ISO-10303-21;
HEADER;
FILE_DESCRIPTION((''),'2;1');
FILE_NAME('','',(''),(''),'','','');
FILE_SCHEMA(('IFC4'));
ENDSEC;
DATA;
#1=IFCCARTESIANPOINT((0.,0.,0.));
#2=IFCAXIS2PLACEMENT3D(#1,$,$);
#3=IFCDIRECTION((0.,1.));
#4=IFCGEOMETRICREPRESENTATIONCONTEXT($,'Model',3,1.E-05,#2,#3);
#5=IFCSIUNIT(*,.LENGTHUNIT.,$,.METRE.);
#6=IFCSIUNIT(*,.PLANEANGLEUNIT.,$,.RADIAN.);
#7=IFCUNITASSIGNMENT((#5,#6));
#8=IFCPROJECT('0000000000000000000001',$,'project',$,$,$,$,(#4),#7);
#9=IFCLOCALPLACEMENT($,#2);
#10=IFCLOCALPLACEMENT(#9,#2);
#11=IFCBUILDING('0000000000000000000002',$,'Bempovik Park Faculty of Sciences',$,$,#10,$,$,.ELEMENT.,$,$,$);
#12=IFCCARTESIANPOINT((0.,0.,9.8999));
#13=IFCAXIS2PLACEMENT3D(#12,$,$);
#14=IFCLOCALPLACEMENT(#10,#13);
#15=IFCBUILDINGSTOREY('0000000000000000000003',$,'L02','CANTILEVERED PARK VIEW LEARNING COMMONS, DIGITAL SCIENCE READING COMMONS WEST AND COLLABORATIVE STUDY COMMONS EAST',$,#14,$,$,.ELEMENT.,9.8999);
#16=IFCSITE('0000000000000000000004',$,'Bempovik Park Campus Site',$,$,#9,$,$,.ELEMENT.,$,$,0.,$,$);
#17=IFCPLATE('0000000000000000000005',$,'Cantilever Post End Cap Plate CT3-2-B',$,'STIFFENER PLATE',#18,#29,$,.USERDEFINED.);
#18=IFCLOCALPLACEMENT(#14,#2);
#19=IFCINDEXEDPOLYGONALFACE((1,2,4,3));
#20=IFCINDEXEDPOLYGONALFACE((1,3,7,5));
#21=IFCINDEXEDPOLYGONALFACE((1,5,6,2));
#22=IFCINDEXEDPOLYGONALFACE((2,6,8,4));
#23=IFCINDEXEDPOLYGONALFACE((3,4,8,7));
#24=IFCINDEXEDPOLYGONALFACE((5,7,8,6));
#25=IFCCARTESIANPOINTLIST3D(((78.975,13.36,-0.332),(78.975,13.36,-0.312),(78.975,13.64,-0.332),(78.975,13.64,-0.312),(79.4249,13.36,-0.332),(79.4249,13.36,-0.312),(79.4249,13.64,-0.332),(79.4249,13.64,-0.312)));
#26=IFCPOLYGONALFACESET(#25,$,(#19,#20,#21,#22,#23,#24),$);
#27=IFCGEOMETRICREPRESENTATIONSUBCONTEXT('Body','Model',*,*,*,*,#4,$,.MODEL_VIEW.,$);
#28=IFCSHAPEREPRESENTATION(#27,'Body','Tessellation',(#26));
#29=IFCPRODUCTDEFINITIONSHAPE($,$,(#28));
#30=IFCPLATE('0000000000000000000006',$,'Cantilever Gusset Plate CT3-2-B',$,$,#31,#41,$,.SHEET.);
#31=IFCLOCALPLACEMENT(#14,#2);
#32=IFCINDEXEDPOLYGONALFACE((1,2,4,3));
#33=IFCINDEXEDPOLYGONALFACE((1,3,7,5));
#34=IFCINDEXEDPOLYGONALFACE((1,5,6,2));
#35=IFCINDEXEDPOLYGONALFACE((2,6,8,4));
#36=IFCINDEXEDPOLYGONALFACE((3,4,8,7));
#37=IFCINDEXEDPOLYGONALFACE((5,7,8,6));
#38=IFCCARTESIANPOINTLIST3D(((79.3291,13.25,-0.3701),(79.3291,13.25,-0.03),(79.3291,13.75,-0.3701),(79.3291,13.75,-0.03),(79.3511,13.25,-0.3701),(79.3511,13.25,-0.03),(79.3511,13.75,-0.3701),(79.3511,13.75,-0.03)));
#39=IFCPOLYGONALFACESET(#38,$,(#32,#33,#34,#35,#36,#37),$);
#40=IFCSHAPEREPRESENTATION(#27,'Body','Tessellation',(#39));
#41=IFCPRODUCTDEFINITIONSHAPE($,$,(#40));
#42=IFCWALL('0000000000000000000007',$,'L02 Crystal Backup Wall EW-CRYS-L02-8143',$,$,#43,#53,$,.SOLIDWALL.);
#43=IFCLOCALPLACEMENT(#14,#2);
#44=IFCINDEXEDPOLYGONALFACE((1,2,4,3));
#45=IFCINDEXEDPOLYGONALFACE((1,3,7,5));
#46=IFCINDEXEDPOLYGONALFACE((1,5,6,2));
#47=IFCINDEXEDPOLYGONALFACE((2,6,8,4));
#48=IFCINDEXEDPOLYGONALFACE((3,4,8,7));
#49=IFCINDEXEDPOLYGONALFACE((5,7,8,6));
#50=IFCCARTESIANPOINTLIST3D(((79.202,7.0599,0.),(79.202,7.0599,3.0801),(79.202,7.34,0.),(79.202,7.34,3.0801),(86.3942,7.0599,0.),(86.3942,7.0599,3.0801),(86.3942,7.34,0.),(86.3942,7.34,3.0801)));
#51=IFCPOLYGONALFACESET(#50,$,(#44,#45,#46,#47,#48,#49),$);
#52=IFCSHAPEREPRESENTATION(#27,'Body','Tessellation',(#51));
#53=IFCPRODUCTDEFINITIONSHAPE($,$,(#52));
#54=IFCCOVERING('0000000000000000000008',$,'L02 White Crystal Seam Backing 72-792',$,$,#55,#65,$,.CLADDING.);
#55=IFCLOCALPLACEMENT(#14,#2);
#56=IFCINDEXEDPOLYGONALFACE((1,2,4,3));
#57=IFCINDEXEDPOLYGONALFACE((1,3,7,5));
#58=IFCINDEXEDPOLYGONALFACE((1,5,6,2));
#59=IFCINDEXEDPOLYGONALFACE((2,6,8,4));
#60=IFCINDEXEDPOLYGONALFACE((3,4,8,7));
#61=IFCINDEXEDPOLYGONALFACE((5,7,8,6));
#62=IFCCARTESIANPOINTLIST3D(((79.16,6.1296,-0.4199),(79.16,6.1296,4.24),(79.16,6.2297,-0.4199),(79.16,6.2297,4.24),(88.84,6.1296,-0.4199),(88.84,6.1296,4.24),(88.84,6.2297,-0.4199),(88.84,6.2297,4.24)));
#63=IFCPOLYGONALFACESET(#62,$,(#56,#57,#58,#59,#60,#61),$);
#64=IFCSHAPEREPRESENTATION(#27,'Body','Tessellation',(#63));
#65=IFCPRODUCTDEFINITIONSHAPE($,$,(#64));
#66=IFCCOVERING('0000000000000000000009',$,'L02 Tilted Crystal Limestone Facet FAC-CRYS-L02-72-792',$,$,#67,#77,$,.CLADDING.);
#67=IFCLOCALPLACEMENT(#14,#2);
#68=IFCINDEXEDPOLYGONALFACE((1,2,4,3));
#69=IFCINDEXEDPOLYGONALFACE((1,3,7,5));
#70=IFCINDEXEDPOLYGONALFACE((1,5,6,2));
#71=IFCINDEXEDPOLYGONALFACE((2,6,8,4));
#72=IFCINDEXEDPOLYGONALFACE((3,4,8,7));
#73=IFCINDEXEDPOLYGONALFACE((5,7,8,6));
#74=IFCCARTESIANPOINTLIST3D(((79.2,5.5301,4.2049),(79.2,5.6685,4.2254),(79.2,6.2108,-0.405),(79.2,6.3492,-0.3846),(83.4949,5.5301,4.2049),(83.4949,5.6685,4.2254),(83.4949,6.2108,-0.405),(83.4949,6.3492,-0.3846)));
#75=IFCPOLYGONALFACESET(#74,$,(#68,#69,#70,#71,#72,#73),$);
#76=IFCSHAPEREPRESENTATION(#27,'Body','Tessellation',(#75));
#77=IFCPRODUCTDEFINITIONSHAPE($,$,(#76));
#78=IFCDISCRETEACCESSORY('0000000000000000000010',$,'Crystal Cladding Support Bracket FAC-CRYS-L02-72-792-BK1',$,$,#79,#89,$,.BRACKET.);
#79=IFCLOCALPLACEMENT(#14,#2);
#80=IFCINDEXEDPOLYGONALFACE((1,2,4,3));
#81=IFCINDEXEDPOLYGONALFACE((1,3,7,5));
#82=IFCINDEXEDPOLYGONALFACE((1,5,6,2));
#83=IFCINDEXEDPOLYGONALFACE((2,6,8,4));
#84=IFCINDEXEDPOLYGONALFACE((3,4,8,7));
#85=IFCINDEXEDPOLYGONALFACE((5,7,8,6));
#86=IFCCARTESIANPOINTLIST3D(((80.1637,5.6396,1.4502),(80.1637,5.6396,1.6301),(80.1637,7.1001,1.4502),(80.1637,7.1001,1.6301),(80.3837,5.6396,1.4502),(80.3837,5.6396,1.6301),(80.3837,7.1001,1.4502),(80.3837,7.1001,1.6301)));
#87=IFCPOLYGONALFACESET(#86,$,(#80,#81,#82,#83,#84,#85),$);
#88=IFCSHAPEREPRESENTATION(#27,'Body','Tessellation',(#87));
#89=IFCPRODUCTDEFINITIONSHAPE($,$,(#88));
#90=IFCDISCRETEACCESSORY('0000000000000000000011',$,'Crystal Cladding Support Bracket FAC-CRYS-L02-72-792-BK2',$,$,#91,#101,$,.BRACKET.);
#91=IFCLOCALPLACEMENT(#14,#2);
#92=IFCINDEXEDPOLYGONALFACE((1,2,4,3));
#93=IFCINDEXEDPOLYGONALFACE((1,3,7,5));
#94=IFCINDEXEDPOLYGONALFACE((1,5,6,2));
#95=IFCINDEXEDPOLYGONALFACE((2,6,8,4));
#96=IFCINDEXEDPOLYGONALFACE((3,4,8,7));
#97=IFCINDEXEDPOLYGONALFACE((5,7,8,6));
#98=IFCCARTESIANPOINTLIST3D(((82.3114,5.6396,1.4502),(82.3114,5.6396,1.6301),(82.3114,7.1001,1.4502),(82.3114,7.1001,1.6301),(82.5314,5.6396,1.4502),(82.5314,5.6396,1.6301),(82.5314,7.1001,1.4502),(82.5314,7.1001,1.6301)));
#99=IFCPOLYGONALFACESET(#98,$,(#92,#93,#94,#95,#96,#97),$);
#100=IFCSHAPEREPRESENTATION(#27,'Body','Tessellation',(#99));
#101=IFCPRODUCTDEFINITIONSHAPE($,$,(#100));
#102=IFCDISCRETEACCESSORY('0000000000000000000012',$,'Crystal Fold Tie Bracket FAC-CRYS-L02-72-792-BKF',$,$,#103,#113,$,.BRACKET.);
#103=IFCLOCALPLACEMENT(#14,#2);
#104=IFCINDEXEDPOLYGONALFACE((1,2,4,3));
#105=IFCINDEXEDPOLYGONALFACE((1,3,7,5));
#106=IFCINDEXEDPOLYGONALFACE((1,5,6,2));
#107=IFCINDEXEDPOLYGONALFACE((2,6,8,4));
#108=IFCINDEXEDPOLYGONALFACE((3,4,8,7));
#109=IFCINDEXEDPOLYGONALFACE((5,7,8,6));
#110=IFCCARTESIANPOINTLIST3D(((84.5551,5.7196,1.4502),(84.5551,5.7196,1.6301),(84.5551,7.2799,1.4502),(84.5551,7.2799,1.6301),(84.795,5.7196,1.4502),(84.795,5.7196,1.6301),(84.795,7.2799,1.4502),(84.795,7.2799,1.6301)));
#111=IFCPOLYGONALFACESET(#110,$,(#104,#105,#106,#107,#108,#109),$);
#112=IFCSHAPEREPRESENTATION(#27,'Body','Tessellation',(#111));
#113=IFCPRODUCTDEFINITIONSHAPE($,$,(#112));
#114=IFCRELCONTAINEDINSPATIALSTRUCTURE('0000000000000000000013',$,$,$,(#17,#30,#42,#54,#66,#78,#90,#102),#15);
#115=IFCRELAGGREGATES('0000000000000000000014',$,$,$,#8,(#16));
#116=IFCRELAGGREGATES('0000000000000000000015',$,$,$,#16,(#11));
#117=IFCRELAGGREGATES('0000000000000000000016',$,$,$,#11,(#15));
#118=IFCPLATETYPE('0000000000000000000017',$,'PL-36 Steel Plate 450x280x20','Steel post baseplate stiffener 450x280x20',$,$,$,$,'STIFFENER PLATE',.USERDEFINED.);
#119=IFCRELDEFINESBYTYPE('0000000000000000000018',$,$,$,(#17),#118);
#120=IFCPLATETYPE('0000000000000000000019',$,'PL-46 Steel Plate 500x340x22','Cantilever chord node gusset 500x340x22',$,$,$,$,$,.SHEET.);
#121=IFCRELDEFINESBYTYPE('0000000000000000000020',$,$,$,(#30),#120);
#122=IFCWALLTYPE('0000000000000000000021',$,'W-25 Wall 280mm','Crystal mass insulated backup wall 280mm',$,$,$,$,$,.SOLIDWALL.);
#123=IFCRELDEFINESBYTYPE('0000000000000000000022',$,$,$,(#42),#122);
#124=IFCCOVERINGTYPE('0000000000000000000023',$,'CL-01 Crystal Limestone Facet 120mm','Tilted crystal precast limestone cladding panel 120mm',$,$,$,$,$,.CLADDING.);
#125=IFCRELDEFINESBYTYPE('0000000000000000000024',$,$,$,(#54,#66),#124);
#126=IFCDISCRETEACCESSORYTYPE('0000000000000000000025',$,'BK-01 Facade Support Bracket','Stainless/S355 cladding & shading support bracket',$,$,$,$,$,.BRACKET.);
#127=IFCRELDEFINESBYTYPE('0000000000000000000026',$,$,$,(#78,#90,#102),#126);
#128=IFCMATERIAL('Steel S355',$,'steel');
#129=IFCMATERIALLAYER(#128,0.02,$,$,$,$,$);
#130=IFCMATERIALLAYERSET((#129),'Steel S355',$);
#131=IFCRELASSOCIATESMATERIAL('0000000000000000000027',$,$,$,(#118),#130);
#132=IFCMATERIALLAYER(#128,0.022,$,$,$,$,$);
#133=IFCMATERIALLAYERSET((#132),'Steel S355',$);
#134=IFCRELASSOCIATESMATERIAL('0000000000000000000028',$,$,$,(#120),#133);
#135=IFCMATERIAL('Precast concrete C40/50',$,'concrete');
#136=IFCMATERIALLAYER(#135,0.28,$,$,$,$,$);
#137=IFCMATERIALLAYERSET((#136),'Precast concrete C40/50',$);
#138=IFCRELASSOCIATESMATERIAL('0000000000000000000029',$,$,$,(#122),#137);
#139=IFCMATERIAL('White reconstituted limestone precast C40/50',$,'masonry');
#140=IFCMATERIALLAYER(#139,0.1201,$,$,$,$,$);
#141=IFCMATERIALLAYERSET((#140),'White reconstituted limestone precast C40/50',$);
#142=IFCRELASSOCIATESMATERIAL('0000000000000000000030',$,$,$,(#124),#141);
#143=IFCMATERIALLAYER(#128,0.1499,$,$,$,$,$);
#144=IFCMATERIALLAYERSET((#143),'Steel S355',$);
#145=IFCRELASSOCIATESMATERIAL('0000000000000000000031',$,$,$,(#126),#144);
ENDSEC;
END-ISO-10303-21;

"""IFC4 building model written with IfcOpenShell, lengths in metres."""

from ifc_helpers import new_model, si_unit, direction, frame, frame_2d, origin, origin_2d, place, context, subcontext, project, spatial, rectangle, extrude, material, layer, layer_set, type_object, element, save


model = new_model("IFC4")

# Units and contexts
model_context = context("Model", 3, precision=1e-05, world=origin(), true_north=direction((0.0, 1.0)))
body_context = subcontext(model_context, "Body", "Model", "MODEL_VIEW")
ifc_project = project(units=[si_unit("LENGTHUNIT", "METRE"), si_unit("PLANEANGLEUNIT", "RADIAN")], contexts=[model_context])

# Site, building, storey
site_placement = place(None, origin())
site = spatial("IfcSite", under=ifc_project, at=site_placement, Name="Bempovik Park Campus Site", CompositionType="ELEMENT", RefElevation=0.0)
building_placement = place(site_placement, origin())
building = spatial("IfcBuilding", under=site, at=building_placement, Name="Bempovik Park Faculty of Sciences", CompositionType="ELEMENT")
storey_placement = place(building_placement, frame((0.0, 0.0, 9.8999)))
storey = spatial("IfcBuildingStorey", under=building, at=storey_placement, Name="L02", Description="CANTILEVERED PARK VIEW LEARNING COMMONS, DIGITAL SCIENCE READING COMMONS WEST AND COLLABORATIVE STUDY COMMONS EAST", CompositionType="ELEMENT", Elevation=9.8999)

# Shared definitions
ifc_material_1 = material(Name="Steel S355", Category="steel")

# Plates
ifc_layer_1 = layer(ifc_material_1, 0.02)
ifc_layer_set_1 = layer_set([ifc_layer_1], Name="Steel S355")
plate_type_1 = type_object("IfcPlateType", Name="PL-36 Steel Plate 450x280x20", Description="Steel post baseplate stiffener 450x280x20", ElementType="STIFFENER PLATE", PredefinedType="USERDEFINED", material=ifc_layer_set_1)
plate_1_placement = place(storey_placement, frame((79.2, 13.5, -0.332), z_axis=(0.0, 0.0, 1.0), x_axis=(1.0, 0.0, 0.0)))
element("IfcPlate", 1, at=plate_1_placement, inside=storey, type_object=plate_type_1, Name="Cantilever Post End Cap Plate CT3-2-B", ObjectType="STIFFENER PLATE", PredefinedType="USERDEFINED", context=body_context, shape_type="SweptSolid", body=[
    extrude(rectangle(XDim=0.45, YDim=0.28, at=origin_2d()), origin(), (0.0, 0.0, 1.0), 0.02),
])
ifc_layer_2 = layer(ifc_material_1, 0.022)
ifc_layer_set_2 = layer_set([ifc_layer_2], Name="Steel S355")
plate_type_2 = type_object("IfcPlateType", Name="PL-46 Steel Plate 500x340x22", Description="Cantilever chord node gusset 500x340x22", PredefinedType="SHEET", material=ifc_layer_set_2)
plate_2_placement = place(storey_placement, frame((79.3401, 13.5, -0.3701), z_axis=(0.0, 0.0, 1.0), x_axis=(1.0, 0.0, 0.0)))
element("IfcPlate", 2, at=plate_2_placement, inside=storey, type_object=plate_type_2, Name="Cantilever Gusset Plate CT3-2-B", PredefinedType="SHEET", context=body_context, shape_type="SweptSolid", body=[
    extrude(rectangle(XDim=0.022, YDim=0.5, at=origin_2d()), origin(), (0.0, 0.0, 1.0), 0.3401),
])

# Wall
ifc_material_2 = material(Name="Precast concrete C40/50", Category="concrete")
ifc_layer_3 = layer(ifc_material_2, 0.28)
ifc_layer_set_3 = layer_set([ifc_layer_3], Name="Precast concrete C40/50")
wall_type = type_object("IfcWallType", Name="W-25 Wall 280mm", Description="Crystal mass insulated backup wall 280mm", PredefinedType="SOLIDWALL", material=ifc_layer_set_3)
wall_placement = place(storey_placement, frame((79.2019, 7.2, 0.0), z_axis=(0.0, 0.0, 1.0), x_axis=(1.0, 0.0, 0.0)))
element("IfcWall", 3, at=wall_placement, inside=storey, type_object=wall_type, Name="L02 Crystal Backup Wall EW-CRYS-L02-8143", PredefinedType="SOLIDWALL", context=body_context, shape_type="SweptSolid", body=[
    extrude(rectangle(XDim=7.1921, YDim=0.28, at=frame_2d((3.5962, 0.0))), origin(), (0.0, 0.0, 1.0), 3.0801),
])

# Coverings
ifc_material_3 = material(Name="White reconstituted limestone precast C40/50", Category="masonry")
ifc_layer_4 = layer(ifc_material_3, 0.1201)
ifc_layer_set_4 = layer_set([ifc_layer_4], Name="White reconstituted limestone precast C40/50")
covering_type = type_object("IfcCoveringType", Name="CL-01 Crystal Limestone Facet 120mm", Description="Tilted crystal precast limestone cladding panel 120mm", PredefinedType="CLADDING", material=ifc_layer_set_4)
covering_1_placement = place(storey_placement, frame((84.0, 6.1797, -0.4199), z_axis=(0.0, 0.0, 1.0), x_axis=(1.0, 0.0, 0.0)))
element("IfcCovering", 4, at=covering_1_placement, inside=storey, type_object=covering_type, Name="L02 White Crystal Seam Backing 72-792", PredefinedType="CLADDING", context=body_context, shape_type="SweptSolid", body=[
    extrude(rectangle(XDim=9.6799, YDim=0.1001, at=origin_2d()), origin(), (0.0, 0.0, 1.0), 4.6599),
])
covering_2_placement = place(storey_placement, frame((81.3474, 6.28, -0.3948), z_axis=(0.0, -0.146083, 0.989272), x_axis=(1.0, 0.0, 0.0)))
element("IfcCovering", 5, at=covering_2_placement, inside=storey, type_object=covering_type, Name="L02 Tilted Crystal Limestone Facet FAC-CRYS-L02-72-792", PredefinedType="CLADDING", context=body_context, shape_type="SweptSolid", body=[
    extrude(rectangle(XDim=4.2949, YDim=0.1399, at=origin_2d()), origin(), (0.0, 0.0, 1.0), 4.6599),
])

# Discrete accessories
ifc_layer_5 = layer(ifc_material_1, 0.1499)
ifc_layer_set_5 = layer_set([ifc_layer_5], Name="Steel S355")
discrete_accessory_type = type_object("IfcDiscreteAccessoryType", Name="BK-01 Facade Support Bracket", Description="Stainless/S355 cladding & shading support bracket", PredefinedType="BRACKET", material=ifc_layer_set_5)
for number, where, z_axis, x_axis, name in (
    (6, (80.2737, 6.3699, 1.4502), (0.0, 0.0, 1.0), (1.0, 0.0, 0.0), "Crystal Cladding Support Bracket FAC-CRYS-L02-72-792-BK1"),
    (7, (82.4214, 6.3699, 1.4502), (0.0, 0.0, 1.0), (1.0, 0.0, 0.0), "Crystal Cladding Support Bracket FAC-CRYS-L02-72-792-BK2"),
):
    element("IfcDiscreteAccessory", number, at=place(storey_placement, frame(where, z_axis=z_axis, x_axis=x_axis)), inside=storey, type_object=discrete_accessory_type, Name=name, PredefinedType="BRACKET", context=body_context, shape_type="SweptSolid", body=[
        extrude(rectangle(XDim=0.22, YDim=1.4604, at=origin_2d()), origin(), (0.0, 0.0, 1.0), 0.1799),
    ])
discrete_accessory_placement = place(storey_placement, frame((84.675, 6.4998, 1.4502), z_axis=(0.0, 0.0, 1.0), x_axis=(1.0, 0.0, 0.0)))
element("IfcDiscreteAccessory", 8, at=discrete_accessory_placement, inside=storey, type_object=discrete_accessory_type, Name="Crystal Fold Tie Bracket FAC-CRYS-L02-72-792-BKF", PredefinedType="BRACKET", context=body_context, shape_type="SweptSolid", body=[
    extrude(rectangle(XDim=0.24, YDim=1.5603, at=origin_2d()), origin(), (0.0, 0.0, 1.0), 0.1799),
])

save(model, "model.ifc")
